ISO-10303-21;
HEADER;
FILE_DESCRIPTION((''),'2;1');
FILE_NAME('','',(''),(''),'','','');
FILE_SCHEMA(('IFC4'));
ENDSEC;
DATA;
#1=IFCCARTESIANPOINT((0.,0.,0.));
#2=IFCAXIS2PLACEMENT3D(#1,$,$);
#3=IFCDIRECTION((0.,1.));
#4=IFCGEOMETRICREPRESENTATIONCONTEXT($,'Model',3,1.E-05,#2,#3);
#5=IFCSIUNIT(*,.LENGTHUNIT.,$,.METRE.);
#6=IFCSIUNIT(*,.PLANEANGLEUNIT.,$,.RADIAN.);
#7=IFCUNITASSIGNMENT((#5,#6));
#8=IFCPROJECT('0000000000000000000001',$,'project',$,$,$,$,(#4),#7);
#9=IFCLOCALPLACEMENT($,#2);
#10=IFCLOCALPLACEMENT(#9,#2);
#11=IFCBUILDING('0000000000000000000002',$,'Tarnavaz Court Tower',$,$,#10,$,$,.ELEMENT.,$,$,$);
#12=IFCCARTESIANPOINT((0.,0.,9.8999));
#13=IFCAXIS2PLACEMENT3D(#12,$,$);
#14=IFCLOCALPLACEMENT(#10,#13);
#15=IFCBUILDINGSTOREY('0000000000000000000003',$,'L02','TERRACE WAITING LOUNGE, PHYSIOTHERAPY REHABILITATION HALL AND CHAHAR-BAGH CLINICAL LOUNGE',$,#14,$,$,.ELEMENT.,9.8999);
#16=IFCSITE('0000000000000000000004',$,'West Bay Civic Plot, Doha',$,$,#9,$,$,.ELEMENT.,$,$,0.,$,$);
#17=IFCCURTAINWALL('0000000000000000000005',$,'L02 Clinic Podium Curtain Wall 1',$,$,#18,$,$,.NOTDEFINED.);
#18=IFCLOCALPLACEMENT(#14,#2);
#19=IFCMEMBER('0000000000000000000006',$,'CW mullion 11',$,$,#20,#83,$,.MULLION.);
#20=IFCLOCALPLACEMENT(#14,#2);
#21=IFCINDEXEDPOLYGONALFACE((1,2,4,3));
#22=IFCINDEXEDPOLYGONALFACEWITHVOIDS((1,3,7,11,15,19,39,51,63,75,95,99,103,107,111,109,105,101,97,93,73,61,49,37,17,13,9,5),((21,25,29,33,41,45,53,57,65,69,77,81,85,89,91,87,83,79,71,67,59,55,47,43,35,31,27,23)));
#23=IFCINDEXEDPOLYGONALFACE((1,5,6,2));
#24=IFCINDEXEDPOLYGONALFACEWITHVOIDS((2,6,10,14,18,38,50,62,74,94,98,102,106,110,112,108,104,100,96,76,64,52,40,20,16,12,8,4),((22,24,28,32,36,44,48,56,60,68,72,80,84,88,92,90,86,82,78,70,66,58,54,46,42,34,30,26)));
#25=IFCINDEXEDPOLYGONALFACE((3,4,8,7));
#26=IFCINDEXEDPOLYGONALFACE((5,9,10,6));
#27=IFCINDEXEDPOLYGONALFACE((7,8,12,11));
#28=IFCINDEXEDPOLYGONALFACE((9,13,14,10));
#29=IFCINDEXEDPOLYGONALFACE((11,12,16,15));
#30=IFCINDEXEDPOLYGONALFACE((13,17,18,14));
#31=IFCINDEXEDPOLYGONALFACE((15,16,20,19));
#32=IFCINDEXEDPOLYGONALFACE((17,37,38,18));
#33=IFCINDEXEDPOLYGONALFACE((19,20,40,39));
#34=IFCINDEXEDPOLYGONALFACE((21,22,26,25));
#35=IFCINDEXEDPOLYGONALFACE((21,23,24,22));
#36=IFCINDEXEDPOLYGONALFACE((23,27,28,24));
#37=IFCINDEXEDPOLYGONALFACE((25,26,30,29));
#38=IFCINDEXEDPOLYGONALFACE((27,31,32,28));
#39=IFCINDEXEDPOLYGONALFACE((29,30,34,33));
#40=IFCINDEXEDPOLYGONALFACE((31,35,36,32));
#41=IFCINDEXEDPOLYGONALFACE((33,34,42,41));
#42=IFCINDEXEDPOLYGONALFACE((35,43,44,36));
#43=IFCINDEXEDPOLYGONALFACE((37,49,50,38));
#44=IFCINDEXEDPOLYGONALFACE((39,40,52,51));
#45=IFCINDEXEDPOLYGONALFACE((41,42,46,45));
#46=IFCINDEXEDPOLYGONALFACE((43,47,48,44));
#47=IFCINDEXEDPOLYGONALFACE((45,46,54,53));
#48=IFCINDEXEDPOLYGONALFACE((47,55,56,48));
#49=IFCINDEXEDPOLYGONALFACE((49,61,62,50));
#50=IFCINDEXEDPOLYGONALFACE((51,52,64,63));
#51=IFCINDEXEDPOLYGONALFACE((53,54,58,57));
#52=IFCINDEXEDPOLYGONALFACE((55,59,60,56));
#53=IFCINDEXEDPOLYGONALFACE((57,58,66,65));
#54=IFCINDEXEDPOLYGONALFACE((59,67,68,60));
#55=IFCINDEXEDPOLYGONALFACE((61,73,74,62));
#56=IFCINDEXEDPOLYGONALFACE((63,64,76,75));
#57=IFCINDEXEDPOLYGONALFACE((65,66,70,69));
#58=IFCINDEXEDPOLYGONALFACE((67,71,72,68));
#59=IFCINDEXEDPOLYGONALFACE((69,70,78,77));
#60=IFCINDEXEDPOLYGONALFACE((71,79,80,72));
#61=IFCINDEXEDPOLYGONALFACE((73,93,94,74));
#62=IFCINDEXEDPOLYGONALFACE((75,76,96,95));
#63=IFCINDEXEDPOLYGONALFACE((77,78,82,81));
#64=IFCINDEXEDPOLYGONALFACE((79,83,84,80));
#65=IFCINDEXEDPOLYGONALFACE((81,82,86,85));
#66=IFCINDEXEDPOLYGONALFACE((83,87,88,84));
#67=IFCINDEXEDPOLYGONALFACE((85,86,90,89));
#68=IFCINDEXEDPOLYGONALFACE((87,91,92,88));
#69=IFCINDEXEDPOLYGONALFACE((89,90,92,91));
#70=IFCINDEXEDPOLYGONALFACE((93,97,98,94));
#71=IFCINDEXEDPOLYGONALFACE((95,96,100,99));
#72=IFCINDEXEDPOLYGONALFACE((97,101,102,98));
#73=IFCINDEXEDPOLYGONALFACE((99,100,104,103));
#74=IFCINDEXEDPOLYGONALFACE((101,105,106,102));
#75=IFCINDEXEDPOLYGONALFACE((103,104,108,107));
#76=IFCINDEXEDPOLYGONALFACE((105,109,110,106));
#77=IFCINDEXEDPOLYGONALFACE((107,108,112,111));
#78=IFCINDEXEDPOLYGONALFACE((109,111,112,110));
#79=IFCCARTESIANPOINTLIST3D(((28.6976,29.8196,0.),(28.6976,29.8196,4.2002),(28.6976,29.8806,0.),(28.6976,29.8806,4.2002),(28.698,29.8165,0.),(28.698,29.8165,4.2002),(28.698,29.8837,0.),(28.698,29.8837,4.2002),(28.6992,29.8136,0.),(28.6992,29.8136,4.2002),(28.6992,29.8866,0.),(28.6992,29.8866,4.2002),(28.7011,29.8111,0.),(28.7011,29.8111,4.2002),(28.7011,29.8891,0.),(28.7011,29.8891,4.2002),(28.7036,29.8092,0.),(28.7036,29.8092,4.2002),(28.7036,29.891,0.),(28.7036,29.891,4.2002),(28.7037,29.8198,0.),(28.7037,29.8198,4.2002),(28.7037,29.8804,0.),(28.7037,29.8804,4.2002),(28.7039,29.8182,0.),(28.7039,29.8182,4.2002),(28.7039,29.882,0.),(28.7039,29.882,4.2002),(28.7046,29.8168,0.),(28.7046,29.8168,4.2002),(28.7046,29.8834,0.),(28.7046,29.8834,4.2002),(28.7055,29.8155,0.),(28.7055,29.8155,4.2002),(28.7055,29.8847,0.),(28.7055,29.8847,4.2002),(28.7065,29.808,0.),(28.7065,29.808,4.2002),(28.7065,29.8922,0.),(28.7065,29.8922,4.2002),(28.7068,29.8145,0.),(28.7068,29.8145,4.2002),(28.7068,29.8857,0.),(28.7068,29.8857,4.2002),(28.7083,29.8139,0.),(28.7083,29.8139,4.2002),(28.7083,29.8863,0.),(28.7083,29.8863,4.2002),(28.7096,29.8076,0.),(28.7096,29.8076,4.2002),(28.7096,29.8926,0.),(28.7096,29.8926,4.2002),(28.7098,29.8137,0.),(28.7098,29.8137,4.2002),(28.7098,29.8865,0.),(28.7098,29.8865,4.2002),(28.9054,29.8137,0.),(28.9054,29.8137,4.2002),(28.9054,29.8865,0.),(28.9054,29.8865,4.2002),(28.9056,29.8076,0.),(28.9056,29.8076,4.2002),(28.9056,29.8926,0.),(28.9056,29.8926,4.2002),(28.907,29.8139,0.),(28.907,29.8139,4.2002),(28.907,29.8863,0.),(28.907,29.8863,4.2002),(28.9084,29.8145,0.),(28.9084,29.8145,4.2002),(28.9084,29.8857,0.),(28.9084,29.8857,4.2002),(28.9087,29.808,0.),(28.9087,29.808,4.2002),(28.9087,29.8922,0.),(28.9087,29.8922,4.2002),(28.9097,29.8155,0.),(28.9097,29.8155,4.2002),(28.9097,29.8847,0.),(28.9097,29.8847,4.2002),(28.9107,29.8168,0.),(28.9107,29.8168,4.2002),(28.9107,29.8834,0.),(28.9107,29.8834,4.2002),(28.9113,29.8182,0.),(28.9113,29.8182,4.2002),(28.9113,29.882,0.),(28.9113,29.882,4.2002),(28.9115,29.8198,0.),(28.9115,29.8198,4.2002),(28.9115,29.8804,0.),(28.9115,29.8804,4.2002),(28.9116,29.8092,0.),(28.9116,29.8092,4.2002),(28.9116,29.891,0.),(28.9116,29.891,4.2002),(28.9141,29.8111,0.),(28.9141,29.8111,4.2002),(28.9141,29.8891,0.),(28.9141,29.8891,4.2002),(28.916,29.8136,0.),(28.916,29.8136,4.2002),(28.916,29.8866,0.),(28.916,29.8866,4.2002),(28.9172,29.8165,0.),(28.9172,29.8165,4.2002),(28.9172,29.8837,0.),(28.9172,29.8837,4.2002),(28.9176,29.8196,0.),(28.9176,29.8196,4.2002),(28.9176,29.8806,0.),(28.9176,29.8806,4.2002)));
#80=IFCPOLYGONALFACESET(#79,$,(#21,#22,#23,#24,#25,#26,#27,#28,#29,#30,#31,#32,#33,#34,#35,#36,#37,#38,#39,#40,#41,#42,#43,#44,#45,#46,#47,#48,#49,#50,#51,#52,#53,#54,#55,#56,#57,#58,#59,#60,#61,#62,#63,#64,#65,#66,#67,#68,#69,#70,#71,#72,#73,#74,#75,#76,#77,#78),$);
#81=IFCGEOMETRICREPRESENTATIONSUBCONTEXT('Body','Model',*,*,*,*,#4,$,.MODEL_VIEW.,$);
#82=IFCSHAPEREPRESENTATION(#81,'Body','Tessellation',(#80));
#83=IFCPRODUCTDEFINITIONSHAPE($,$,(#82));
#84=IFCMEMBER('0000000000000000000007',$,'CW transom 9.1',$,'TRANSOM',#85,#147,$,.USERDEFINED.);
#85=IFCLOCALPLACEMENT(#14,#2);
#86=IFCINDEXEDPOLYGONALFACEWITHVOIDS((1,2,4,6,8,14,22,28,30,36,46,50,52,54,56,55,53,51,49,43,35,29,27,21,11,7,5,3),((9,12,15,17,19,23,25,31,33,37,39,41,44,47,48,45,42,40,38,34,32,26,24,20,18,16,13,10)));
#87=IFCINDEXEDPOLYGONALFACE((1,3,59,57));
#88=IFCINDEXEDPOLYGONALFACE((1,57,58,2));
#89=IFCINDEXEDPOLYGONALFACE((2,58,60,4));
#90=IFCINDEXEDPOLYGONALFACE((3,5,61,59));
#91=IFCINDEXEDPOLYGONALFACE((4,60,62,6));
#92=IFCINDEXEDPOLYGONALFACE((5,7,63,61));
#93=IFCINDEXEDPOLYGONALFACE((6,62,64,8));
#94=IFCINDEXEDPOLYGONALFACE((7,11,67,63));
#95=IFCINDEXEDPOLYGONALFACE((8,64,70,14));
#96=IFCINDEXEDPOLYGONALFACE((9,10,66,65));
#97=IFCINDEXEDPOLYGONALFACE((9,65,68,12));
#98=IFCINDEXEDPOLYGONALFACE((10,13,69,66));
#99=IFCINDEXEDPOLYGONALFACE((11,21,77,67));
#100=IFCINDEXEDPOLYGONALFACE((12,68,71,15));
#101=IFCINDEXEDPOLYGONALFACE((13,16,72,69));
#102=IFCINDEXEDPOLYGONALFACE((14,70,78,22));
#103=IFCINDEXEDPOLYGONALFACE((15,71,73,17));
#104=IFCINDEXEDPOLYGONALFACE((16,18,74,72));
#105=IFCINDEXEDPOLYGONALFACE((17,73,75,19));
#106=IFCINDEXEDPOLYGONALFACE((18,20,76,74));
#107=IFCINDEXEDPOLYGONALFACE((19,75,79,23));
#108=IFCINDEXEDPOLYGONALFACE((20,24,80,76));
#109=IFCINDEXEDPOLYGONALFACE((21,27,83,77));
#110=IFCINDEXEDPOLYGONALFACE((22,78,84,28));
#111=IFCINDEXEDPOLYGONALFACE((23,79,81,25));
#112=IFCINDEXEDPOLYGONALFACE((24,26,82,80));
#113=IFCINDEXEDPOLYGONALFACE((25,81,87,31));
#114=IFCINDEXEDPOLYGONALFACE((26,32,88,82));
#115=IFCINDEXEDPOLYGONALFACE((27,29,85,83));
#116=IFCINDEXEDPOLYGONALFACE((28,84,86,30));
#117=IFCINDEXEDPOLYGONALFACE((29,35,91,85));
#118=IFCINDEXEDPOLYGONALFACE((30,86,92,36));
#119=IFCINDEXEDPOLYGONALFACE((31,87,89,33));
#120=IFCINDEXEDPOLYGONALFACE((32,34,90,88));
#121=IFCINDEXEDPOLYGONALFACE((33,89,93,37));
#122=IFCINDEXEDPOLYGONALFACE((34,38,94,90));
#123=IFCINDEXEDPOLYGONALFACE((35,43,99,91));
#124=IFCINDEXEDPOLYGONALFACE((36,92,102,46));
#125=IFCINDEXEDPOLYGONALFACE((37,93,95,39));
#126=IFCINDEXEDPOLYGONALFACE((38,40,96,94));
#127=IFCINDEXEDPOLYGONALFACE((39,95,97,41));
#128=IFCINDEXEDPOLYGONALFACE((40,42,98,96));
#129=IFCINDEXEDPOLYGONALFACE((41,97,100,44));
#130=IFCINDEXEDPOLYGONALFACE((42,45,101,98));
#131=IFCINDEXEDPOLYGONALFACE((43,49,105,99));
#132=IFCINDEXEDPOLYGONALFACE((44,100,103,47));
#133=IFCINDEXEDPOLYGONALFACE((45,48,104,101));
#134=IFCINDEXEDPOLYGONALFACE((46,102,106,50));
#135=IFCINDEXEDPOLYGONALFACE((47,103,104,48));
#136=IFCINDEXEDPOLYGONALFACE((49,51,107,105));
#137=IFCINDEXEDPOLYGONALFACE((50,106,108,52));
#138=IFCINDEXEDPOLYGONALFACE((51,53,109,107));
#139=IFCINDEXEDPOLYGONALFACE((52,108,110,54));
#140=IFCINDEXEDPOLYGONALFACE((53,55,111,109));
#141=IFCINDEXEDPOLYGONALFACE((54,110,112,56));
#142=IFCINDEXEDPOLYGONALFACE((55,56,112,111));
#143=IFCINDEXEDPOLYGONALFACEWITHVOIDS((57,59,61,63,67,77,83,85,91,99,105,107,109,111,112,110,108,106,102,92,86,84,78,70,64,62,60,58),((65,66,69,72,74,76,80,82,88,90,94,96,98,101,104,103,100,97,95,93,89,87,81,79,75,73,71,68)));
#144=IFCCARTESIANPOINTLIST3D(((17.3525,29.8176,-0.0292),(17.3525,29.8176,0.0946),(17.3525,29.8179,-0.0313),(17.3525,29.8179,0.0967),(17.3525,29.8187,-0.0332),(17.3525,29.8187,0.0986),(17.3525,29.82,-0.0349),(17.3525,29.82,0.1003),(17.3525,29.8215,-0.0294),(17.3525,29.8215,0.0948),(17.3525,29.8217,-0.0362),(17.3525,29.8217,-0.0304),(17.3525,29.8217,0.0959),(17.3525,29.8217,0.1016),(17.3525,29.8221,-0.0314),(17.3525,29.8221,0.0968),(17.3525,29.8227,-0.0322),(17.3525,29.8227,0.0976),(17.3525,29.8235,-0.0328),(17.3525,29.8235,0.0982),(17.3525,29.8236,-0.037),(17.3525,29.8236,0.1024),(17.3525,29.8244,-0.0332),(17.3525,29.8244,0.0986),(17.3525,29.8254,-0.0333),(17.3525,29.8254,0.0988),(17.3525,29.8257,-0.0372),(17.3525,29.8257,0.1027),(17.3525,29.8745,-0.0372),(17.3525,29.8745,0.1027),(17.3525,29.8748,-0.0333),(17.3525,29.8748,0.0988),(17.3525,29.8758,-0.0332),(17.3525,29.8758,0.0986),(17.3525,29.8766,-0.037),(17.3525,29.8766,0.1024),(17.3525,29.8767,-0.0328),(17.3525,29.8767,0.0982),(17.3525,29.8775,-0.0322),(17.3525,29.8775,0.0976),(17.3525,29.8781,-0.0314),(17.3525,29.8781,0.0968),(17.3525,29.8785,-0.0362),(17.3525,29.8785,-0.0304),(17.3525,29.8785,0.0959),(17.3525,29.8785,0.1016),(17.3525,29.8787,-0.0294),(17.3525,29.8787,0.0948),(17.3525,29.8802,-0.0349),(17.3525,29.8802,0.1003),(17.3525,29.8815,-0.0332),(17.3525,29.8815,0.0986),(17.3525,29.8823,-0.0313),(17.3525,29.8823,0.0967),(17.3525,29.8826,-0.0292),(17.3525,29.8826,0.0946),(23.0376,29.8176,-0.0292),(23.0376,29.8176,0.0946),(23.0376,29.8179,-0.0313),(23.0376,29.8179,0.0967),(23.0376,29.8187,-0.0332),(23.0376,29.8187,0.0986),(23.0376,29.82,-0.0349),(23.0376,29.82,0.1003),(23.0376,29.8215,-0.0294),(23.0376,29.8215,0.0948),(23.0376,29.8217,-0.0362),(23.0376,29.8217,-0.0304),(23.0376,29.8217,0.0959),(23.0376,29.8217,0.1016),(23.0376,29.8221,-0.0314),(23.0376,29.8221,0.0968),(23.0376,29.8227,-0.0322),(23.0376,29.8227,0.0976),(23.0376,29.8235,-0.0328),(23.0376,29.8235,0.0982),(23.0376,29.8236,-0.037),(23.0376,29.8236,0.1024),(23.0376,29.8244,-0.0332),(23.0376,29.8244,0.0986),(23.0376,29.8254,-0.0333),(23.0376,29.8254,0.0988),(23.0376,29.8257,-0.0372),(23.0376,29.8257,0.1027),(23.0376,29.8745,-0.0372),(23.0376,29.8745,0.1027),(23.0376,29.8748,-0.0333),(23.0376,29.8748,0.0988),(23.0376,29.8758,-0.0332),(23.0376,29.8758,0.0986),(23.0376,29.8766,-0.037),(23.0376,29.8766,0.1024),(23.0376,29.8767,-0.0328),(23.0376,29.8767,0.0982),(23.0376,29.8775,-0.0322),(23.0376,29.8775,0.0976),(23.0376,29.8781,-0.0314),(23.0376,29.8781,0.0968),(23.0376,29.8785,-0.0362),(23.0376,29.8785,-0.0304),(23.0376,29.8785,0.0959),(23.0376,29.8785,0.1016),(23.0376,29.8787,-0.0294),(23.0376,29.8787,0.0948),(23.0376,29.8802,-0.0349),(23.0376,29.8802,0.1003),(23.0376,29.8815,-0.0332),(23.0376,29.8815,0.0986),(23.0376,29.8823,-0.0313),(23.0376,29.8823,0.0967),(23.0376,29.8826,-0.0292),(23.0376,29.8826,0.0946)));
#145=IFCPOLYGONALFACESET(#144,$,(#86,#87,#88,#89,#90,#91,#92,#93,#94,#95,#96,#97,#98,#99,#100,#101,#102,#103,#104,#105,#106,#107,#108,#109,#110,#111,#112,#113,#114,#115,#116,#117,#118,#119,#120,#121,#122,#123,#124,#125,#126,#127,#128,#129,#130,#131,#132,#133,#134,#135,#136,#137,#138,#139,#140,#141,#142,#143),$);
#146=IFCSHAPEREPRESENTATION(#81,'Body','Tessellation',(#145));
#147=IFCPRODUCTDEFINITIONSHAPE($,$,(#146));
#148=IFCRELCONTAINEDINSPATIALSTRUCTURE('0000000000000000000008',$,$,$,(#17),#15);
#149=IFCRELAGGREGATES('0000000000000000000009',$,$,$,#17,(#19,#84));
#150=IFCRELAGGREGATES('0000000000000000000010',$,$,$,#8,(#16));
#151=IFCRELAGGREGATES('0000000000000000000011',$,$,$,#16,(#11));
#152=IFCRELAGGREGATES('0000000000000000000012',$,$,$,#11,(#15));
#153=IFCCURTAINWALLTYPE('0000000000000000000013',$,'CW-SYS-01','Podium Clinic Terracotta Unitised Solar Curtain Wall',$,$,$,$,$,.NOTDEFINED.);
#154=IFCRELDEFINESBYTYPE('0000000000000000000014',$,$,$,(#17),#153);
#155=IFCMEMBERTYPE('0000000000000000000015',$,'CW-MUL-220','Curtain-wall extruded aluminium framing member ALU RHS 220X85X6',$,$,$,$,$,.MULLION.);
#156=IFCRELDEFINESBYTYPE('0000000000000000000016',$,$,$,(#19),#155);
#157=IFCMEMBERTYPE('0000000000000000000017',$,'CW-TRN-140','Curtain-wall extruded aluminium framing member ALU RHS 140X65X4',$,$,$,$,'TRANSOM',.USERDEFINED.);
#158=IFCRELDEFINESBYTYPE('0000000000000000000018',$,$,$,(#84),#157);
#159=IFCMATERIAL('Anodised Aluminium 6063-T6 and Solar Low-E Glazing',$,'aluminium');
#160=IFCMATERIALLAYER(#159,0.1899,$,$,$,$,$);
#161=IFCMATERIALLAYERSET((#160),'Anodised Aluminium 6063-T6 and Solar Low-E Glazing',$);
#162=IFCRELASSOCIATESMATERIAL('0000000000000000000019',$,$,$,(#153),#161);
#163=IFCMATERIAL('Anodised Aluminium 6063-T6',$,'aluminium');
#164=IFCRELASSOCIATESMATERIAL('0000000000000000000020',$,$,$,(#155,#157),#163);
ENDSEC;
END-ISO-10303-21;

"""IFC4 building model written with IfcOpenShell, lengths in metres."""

from ifc_helpers import new_model, si_unit, direction, frame, origin, origin_2d, place, context, subcontext, project, spatial, hollow_rectangle, extrude, material, layer, layer_set, material_profile, profile_set, type_object, element, aggregate, save


model = new_model("IFC4")

# Units and contexts
model_context = context("Model", 3, precision=1e-05, world=origin(), true_north=direction((0.0, 1.0)))
body_context = subcontext(model_context, "Body", "Model", "MODEL_VIEW")
ifc_project = project(units=[si_unit("LENGTHUNIT", "METRE"), si_unit("PLANEANGLEUNIT", "RADIAN")], contexts=[model_context])

# Site, building, storey
site_placement = place(None, origin())
site = spatial("IfcSite", under=ifc_project, at=site_placement, Name="West Bay Civic Plot, Doha", CompositionType="ELEMENT", RefElevation=0.0)
building_placement = place(site_placement, origin())
building = spatial("IfcBuilding", under=site, at=building_placement, Name="Tarnavaz Court Tower", CompositionType="ELEMENT")
storey_placement = place(building_placement, frame((0.0, 0.0, 9.8999)))
storey = spatial("IfcBuildingStorey", under=building, at=storey_placement, Name="L02", Description="TERRACE WAITING LOUNGE, PHYSIOTHERAPY REHABILITATION HALL AND CHAHAR-BAGH CLINICAL LOUNGE", CompositionType="ELEMENT", Elevation=9.8999)

# Curtain wall, members
ifc_material_1 = material(Name="Anodised Aluminium 6063-T6 and Solar Low-E Glazing", Category="aluminium")
ifc_layer_1 = layer(ifc_material_1, 0.1899)
ifc_layer_set_1 = layer_set([ifc_layer_1], Name="Anodised Aluminium 6063-T6 and Solar Low-E Glazing")
curtain_wall_type = type_object("IfcCurtainWallType", Name="CW-SYS-01", Description="Podium Clinic Terracotta Unitised Solar Curtain Wall", PredefinedType="NOTDEFINED", material=ifc_layer_set_1)
curtain_wall_placement = place(storey_placement, origin())
curtain_wall = element("IfcCurtainWall", 1, at=curtain_wall_placement, inside=storey, type_object=curtain_wall_type, Name="L02 Clinic Podium Curtain Wall 1", PredefinedType="NOTDEFINED")
ifc_material_2 = material(Name="Anodised Aluminium 6063-T6", Category="aluminium")
ifc_material_profile_1 = material_profile(ifc_material_2, hollow_rectangle(XDim=0.085, YDim=0.22, WallThickness=0.0061, InnerFilletRadius=0.0061, OuterFilletRadius=0.012, at=origin_2d()), Name="ALU RHS 220X85X6")
ifc_profile_set_1 = profile_set([ifc_material_profile_1], Name="Anodised Aluminium 6063-T6")
member_type_1 = type_object("IfcMemberType", Name="CW-MUL-220", Description="Curtain-wall extruded aluminium framing member ALU RHS 220X85X6", PredefinedType="MULLION", material=ifc_profile_set_1)
member_1_placement = place(storey_placement, frame((28.8076, 29.8501, 0.0), z_axis=(0.0, 0.0, 1.0), x_axis=(0.0, 1.0, 0.0)))
member_1 = element("IfcMember", 2, at=member_1_placement, type_object=member_type_1, Name="CW mullion 11", PredefinedType="MULLION", context=body_context, shape_type="SweptSolid", body=[
    extrude(hollow_rectangle(XDim=0.085, YDim=0.22, WallThickness=0.0061, InnerFilletRadius=0.0061, OuterFilletRadius=0.012, at=origin_2d()), origin(), (0.0, 0.0, 1.0), 4.2002),
])
ifc_material_profile_2 = material_profile(ifc_material_2, hollow_rectangle(XDim=0.0649, YDim=0.1399, WallThickness=0.0039, InnerFilletRadius=0.0039, OuterFilletRadius=0.0081, at=origin_2d()), Name="ALU RHS 140X65X4")
ifc_profile_set_2 = profile_set([ifc_material_profile_2], Name="Anodised Aluminium 6063-T6")
member_type_2 = type_object("IfcMemberType", Name="CW-TRN-140", Description="Curtain-wall extruded aluminium framing member ALU RHS 140X65X4", ElementType="TRANSOM", PredefinedType="USERDEFINED", material=ifc_profile_set_2)
member_2_placement = place(storey_placement, frame((17.3525, 29.8501, 0.0327), z_axis=(1.0, 0.0, 0.0), x_axis=(0.0, 1.0, 0.0)))
member_2 = element("IfcMember", 3, at=member_2_placement, type_object=member_type_2, Name="CW transom 9.1", ObjectType="TRANSOM", PredefinedType="USERDEFINED", context=body_context, shape_type="SweptSolid", body=[
    extrude(hollow_rectangle(XDim=0.0649, YDim=0.1399, WallThickness=0.0039, InnerFilletRadius=0.0039, OuterFilletRadius=0.0081, at=origin_2d()), origin(), (0.0, 0.0, 1.0), 5.6851),
])
aggregate(curtain_wall, [member_1, member_2])

save(model, "model.ifc")
